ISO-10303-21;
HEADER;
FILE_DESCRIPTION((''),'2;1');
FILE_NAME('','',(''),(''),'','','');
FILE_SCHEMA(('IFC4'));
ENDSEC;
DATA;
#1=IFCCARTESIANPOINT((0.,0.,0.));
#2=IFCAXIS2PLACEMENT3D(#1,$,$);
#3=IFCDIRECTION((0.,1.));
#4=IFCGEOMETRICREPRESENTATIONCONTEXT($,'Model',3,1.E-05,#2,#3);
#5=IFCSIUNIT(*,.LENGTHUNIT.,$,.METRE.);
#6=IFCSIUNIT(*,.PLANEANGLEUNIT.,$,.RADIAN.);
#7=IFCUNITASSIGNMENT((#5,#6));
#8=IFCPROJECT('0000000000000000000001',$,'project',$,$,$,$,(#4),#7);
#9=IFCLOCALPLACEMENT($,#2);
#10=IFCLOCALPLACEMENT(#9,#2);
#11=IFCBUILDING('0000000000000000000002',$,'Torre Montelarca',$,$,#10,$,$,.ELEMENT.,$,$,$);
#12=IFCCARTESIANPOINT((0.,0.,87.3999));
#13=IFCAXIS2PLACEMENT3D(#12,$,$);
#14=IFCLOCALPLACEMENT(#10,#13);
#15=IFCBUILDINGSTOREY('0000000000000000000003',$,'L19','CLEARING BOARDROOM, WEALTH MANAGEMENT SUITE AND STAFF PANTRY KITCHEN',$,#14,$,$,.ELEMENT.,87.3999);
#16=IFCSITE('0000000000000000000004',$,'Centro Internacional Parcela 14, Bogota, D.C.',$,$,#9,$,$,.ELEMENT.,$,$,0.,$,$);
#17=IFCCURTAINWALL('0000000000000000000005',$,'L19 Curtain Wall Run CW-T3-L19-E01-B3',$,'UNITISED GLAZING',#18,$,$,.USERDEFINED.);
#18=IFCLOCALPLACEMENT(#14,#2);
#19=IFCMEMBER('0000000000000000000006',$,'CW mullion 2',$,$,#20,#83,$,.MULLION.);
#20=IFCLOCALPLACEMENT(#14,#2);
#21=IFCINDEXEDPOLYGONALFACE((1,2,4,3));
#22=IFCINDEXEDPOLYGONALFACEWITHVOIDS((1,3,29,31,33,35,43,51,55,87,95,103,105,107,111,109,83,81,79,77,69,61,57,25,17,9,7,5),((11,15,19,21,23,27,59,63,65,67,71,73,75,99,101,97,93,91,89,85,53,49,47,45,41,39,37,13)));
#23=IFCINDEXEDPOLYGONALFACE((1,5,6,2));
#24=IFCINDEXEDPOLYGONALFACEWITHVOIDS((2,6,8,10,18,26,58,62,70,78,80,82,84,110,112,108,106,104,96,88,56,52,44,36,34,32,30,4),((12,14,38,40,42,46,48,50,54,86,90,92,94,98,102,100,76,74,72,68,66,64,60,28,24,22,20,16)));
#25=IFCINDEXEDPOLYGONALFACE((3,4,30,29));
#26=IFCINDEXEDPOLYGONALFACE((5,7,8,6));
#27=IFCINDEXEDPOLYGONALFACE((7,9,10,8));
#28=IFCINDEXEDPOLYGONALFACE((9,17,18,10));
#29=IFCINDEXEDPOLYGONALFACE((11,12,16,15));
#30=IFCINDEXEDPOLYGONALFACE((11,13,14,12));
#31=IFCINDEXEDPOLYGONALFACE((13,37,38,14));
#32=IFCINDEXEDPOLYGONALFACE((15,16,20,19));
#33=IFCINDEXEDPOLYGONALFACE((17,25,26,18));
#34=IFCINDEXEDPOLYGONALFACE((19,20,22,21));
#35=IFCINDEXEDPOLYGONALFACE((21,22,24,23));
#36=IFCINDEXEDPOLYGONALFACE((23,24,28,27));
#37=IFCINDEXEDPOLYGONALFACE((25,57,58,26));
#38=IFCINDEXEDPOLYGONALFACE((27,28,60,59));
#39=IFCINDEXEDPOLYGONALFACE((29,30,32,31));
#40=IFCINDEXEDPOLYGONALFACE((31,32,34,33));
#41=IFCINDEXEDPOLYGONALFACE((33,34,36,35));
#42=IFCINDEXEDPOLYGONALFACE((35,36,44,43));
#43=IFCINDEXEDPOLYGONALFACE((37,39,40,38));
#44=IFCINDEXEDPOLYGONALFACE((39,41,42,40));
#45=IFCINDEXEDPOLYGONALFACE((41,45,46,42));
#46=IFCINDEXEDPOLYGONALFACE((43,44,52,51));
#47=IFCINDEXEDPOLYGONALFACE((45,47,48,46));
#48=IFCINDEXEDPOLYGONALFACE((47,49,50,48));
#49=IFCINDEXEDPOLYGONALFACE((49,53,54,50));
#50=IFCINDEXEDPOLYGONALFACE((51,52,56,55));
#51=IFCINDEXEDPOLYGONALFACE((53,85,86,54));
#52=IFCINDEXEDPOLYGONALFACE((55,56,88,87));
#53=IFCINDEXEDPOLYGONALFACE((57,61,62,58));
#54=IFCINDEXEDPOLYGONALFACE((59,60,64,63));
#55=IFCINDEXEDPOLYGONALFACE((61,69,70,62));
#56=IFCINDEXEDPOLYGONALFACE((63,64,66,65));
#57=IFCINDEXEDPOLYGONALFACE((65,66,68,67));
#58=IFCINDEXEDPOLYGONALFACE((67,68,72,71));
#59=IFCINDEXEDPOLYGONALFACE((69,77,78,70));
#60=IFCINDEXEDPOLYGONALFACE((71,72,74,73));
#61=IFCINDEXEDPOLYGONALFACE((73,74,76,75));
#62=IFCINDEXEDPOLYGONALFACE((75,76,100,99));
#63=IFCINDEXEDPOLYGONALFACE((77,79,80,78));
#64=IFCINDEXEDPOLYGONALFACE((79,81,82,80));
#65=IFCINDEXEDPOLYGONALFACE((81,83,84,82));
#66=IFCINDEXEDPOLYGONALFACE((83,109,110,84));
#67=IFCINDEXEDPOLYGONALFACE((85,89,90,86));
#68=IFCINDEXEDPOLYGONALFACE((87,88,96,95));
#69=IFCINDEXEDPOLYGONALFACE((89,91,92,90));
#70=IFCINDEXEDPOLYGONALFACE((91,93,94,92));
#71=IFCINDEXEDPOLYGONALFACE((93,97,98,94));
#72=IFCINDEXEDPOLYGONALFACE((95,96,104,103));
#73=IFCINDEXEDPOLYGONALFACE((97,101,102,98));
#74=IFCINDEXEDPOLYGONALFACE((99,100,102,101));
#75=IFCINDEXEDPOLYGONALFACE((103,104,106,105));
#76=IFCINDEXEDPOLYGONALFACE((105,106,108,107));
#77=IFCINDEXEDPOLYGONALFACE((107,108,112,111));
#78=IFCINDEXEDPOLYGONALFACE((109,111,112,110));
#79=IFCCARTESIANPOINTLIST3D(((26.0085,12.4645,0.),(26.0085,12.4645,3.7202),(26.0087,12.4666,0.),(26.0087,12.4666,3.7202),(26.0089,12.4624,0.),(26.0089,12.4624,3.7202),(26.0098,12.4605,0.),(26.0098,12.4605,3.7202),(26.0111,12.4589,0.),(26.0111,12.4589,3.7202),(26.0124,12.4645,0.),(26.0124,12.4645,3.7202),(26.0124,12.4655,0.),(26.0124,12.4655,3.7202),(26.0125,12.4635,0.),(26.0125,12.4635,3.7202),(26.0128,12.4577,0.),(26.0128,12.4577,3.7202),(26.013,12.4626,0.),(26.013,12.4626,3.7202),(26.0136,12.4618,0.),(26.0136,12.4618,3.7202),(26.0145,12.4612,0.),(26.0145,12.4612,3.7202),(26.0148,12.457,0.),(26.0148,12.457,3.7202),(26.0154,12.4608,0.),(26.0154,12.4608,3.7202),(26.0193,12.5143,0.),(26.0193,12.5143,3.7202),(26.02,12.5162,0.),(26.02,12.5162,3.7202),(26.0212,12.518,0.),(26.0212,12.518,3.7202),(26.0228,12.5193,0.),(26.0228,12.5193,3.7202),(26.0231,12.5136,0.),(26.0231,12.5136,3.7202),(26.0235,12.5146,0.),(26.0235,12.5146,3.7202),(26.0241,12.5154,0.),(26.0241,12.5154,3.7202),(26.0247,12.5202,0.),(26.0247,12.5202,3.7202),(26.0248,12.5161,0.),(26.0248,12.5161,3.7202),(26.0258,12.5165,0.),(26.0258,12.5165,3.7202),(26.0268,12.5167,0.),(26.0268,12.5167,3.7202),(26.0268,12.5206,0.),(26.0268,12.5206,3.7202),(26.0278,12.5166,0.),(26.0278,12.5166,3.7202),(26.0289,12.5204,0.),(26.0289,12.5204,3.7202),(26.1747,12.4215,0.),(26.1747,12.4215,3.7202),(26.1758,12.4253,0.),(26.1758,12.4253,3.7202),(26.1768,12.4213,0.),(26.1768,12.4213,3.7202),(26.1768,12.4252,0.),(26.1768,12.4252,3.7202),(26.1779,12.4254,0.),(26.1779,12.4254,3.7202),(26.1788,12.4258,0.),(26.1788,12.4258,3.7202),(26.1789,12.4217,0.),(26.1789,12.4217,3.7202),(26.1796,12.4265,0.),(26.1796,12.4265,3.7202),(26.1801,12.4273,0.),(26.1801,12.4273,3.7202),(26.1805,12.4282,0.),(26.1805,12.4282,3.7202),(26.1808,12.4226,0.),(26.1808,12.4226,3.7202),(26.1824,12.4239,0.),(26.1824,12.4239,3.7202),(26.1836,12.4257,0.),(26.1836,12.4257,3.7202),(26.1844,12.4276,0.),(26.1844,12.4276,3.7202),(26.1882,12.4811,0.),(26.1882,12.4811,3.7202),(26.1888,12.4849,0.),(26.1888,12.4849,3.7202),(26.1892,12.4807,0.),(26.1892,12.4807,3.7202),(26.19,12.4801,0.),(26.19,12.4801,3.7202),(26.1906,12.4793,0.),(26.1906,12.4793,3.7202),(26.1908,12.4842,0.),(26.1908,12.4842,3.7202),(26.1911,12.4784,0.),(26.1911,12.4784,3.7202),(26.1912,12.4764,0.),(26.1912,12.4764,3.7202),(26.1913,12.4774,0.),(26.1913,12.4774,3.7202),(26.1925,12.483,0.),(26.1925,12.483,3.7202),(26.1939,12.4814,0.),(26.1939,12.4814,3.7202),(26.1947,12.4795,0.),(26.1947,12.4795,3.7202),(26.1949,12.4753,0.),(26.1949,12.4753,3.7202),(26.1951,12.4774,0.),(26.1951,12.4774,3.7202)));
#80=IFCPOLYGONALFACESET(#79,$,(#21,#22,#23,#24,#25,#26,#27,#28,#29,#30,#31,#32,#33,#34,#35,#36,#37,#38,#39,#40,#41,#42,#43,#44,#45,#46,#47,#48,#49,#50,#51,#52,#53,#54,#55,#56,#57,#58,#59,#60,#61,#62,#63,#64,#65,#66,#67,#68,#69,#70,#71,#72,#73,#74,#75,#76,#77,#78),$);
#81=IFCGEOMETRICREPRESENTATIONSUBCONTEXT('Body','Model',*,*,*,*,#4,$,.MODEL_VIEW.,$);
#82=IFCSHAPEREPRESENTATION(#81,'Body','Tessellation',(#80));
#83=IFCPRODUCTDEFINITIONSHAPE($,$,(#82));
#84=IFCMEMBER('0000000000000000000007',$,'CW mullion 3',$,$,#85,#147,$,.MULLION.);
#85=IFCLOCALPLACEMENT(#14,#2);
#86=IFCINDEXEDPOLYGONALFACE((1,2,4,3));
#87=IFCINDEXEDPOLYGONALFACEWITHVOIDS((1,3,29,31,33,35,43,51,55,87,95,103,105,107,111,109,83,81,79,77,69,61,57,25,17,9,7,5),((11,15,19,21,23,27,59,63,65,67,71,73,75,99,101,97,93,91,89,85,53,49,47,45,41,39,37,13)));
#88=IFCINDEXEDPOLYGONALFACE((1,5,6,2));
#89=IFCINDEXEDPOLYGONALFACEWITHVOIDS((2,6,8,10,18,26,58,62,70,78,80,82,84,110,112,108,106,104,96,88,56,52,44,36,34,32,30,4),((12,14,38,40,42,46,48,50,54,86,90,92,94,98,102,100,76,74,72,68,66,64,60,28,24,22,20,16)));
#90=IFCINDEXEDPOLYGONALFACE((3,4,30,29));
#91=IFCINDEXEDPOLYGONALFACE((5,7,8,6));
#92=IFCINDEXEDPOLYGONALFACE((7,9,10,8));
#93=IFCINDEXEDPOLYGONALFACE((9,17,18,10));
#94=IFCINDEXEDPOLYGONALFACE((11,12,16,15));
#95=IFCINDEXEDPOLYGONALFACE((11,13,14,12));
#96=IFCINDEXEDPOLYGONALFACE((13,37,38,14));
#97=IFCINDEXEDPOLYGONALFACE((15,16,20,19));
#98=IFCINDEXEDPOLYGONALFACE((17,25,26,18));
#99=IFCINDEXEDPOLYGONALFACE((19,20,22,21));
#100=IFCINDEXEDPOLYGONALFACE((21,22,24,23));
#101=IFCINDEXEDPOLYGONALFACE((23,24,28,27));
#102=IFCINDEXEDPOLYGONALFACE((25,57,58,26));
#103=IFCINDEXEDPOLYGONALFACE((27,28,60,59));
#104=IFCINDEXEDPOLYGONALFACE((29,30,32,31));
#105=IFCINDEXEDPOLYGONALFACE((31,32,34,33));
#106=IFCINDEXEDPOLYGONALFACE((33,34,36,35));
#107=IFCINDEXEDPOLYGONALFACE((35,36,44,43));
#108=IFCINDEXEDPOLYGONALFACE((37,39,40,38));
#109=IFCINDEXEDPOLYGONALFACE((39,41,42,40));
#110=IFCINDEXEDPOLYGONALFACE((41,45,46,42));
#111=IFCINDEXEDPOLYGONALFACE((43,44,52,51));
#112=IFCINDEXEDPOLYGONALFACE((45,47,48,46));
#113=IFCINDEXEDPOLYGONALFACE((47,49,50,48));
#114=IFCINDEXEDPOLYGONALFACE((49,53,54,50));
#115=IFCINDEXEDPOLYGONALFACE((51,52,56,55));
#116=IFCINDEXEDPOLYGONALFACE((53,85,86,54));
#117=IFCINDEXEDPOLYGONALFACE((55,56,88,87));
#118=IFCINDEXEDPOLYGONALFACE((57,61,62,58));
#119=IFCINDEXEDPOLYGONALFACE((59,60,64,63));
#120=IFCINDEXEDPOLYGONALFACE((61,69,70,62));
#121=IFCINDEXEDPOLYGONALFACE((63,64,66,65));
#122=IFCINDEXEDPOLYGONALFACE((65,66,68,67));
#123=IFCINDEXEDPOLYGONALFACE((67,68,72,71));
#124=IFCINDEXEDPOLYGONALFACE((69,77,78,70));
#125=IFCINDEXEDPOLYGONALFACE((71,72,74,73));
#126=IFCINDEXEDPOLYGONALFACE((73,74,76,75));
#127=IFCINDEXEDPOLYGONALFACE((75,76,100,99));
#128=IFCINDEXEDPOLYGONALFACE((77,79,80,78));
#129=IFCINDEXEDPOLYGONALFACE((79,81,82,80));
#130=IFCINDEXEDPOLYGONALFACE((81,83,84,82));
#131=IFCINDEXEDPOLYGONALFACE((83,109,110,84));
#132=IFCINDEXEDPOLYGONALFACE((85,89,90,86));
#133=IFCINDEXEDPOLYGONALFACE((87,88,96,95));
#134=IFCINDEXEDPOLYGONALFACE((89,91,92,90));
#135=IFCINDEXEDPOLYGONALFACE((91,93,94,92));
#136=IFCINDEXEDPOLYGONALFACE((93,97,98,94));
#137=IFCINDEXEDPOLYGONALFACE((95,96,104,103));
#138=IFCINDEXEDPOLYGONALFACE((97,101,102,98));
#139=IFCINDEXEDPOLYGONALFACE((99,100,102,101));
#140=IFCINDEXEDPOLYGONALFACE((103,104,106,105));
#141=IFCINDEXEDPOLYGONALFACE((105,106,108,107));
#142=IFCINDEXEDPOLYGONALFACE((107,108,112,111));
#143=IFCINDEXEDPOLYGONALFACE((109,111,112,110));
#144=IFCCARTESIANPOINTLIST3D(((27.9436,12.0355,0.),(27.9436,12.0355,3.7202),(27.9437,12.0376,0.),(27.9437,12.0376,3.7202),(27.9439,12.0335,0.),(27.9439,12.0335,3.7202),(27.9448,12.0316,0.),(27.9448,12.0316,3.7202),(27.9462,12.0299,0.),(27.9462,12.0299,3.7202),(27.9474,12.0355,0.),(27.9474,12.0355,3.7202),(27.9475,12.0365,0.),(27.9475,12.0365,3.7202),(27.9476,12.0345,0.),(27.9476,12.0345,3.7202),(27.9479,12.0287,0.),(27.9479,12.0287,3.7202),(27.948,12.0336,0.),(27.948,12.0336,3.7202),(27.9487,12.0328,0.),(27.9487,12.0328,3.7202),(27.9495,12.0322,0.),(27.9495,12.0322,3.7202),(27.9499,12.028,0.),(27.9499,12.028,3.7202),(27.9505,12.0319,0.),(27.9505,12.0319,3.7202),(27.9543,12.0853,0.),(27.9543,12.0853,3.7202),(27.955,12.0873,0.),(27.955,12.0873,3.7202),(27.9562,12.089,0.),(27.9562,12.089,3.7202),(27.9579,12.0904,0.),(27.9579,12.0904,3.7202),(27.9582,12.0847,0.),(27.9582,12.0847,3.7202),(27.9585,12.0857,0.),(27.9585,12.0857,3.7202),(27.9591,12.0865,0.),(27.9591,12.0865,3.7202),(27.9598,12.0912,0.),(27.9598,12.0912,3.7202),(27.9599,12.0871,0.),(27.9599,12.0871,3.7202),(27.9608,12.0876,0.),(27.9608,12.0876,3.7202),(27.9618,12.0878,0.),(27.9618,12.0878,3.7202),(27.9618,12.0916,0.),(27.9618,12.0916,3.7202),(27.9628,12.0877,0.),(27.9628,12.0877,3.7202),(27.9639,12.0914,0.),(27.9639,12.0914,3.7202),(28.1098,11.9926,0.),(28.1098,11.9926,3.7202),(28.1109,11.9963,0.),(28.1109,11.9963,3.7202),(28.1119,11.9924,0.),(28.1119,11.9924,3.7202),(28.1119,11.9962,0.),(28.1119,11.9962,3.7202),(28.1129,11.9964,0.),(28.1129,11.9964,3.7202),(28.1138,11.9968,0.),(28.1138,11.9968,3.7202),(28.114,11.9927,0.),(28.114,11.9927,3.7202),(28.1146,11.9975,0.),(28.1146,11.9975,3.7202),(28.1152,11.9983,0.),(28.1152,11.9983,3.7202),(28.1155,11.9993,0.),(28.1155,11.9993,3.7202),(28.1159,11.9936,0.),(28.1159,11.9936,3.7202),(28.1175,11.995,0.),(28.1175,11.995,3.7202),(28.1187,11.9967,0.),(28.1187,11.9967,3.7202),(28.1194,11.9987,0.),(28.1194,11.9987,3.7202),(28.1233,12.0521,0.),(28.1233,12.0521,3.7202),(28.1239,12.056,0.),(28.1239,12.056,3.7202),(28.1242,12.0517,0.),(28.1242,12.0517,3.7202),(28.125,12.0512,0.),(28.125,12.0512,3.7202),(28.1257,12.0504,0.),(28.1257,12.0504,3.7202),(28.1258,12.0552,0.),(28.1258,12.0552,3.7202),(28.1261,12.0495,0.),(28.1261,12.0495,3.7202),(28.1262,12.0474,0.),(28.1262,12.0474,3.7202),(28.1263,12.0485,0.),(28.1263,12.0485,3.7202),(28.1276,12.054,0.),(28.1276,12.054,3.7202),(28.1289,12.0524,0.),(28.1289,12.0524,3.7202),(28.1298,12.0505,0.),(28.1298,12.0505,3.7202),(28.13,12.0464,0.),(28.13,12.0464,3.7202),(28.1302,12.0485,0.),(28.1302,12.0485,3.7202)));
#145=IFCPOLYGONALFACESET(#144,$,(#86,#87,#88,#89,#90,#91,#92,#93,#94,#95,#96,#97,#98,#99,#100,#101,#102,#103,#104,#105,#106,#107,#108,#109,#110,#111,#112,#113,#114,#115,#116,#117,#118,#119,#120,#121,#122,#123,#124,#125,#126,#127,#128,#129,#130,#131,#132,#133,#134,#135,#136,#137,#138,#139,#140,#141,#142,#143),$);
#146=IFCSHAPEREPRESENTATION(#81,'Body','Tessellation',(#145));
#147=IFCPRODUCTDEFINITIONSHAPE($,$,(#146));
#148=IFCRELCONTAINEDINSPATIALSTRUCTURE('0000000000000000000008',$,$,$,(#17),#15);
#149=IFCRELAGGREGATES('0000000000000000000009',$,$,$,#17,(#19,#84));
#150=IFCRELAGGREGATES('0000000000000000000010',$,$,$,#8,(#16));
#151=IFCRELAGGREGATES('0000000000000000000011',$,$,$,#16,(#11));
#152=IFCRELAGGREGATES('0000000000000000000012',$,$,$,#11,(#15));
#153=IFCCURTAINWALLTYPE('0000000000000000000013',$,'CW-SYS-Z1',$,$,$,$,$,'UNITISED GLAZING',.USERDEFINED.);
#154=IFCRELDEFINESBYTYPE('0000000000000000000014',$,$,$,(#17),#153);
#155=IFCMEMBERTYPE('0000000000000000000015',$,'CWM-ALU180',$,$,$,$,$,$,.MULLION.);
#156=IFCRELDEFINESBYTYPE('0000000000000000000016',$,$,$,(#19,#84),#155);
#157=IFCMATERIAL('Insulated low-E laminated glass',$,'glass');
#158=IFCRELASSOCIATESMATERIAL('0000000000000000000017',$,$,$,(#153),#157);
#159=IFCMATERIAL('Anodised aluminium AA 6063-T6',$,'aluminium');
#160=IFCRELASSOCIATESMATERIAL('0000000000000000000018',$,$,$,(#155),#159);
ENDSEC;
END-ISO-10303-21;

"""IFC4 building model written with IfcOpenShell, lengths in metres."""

from ifc_helpers import new_model, si_unit, direction, frame, origin, origin_2d, place, context, subcontext, project, spatial, hollow_rectangle, extrude, source, transform, mapped, material, material_profile, profile_set, type_object, element, aggregate, save


model = new_model("IFC4")

# Units and contexts
model_context = context("Model", 3, precision=1e-05, world=origin(), true_north=direction((0.0, 1.0)))
body_context = subcontext(model_context, "Body", "Model", "MODEL_VIEW")
ifc_project = project(units=[si_unit("LENGTHUNIT", "METRE"), si_unit("PLANEANGLEUNIT", "RADIAN")], contexts=[model_context])

# Site, building, storey
site_placement = place(None, origin())
site = spatial("IfcSite", under=ifc_project, at=site_placement, Name="Centro Internacional Parcela 14, Bogota, D.C.", CompositionType="ELEMENT", RefElevation=0.0)
building_placement = place(site_placement, origin())
building = spatial("IfcBuilding", under=site, at=building_placement, Name="Torre Montelarca", CompositionType="ELEMENT")
storey_placement = place(building_placement, frame((0.0, 0.0, 87.3999)))
storey = spatial("IfcBuildingStorey", under=building, at=storey_placement, Name="L19", Description="CLEARING BOARDROOM, WEALTH MANAGEMENT SUITE AND STAFF PANTRY KITCHEN", CompositionType="ELEMENT", Elevation=87.3999)

# Curtain wall
ifc_material_1 = material(Name="Insulated low-E laminated glass", Category="glass")
curtain_wall_type = type_object("IfcCurtainWallType", Name="CW-SYS-Z1", ElementType="UNITISED GLAZING", PredefinedType="USERDEFINED", material=ifc_material_1)
curtain_wall_1_placement = place(storey_placement, origin())
curtain_wall_1 = element("IfcCurtainWall", 1, at=curtain_wall_1_placement, inside=storey, type_object=curtain_wall_type, Name="L19 Curtain Wall Run CW-T3-L19-E01-B3", ObjectType="UNITISED GLAZING", PredefinedType="USERDEFINED")
ifc_material_2 = material(Name="Anodised aluminium AA 6063-T6", Category="aluminium")

# Shared definitions
ifc_material_profile_1 = material_profile(ifc_material_2, hollow_rectangle(XDim=0.0649, YDim=0.1799, WallThickness=0.0039, InnerFilletRadius=0.0039, OuterFilletRadius=0.0081, at=origin_2d()), Name="ALU65X180X4", Category="aluminium")
ifc_profile_set_1 = profile_set([ifc_material_profile_1], Name="Anodised aluminium AA 6063-T6")
member_type_1 = type_object("IfcMemberType", Name="CWM-ALU180", PredefinedType="MULLION", material=ifc_profile_set_1)
shared_shape_1 = source(origin(), body_context, "Body", "SweptSolid", [
    extrude(hollow_rectangle(XDim=0.0649, YDim=0.1799, WallThickness=0.0039, InnerFilletRadius=0.0039, OuterFilletRadius=0.0081, at=origin_2d()), origin(), (0.0, 0.0, 1.0), 3.7202),
])

# Members
member_1_placement = place(storey_placement, frame((26.1018, 12.4709, 0.0), z_axis=(0.0, 0.0, 1.0), x_axis=(0.216444, 0.976295, 0.0)))
member_1 = element("IfcMember", 2, at=member_1_placement, type_object=member_type_1, Name="CW mullion 2", PredefinedType="MULLION", context=body_context, shape_type="MappedRepresentation", body=[
    mapped(shared_shape_1, transform((0.0, 0.0, 0.0), scale=1.0)),
])
member_2_placement = place(storey_placement, frame((28.0369, 12.042, 0.0), z_axis=(0.0, 0.0, 1.0), x_axis=(0.216444, 0.976295, 0.0)))
member_2 = element("IfcMember", 3, at=member_2_placement, type_object=member_type_1, Name="CW mullion 3", PredefinedType="MULLION", context=body_context, shape_type="MappedRepresentation", body=[
    mapped(shared_shape_1, transform((0.0, 0.0, 0.0), scale=1.0)),
])

aggregate(curtain_wall_1, [member_1, member_2])

save(model, "model.ifc")
